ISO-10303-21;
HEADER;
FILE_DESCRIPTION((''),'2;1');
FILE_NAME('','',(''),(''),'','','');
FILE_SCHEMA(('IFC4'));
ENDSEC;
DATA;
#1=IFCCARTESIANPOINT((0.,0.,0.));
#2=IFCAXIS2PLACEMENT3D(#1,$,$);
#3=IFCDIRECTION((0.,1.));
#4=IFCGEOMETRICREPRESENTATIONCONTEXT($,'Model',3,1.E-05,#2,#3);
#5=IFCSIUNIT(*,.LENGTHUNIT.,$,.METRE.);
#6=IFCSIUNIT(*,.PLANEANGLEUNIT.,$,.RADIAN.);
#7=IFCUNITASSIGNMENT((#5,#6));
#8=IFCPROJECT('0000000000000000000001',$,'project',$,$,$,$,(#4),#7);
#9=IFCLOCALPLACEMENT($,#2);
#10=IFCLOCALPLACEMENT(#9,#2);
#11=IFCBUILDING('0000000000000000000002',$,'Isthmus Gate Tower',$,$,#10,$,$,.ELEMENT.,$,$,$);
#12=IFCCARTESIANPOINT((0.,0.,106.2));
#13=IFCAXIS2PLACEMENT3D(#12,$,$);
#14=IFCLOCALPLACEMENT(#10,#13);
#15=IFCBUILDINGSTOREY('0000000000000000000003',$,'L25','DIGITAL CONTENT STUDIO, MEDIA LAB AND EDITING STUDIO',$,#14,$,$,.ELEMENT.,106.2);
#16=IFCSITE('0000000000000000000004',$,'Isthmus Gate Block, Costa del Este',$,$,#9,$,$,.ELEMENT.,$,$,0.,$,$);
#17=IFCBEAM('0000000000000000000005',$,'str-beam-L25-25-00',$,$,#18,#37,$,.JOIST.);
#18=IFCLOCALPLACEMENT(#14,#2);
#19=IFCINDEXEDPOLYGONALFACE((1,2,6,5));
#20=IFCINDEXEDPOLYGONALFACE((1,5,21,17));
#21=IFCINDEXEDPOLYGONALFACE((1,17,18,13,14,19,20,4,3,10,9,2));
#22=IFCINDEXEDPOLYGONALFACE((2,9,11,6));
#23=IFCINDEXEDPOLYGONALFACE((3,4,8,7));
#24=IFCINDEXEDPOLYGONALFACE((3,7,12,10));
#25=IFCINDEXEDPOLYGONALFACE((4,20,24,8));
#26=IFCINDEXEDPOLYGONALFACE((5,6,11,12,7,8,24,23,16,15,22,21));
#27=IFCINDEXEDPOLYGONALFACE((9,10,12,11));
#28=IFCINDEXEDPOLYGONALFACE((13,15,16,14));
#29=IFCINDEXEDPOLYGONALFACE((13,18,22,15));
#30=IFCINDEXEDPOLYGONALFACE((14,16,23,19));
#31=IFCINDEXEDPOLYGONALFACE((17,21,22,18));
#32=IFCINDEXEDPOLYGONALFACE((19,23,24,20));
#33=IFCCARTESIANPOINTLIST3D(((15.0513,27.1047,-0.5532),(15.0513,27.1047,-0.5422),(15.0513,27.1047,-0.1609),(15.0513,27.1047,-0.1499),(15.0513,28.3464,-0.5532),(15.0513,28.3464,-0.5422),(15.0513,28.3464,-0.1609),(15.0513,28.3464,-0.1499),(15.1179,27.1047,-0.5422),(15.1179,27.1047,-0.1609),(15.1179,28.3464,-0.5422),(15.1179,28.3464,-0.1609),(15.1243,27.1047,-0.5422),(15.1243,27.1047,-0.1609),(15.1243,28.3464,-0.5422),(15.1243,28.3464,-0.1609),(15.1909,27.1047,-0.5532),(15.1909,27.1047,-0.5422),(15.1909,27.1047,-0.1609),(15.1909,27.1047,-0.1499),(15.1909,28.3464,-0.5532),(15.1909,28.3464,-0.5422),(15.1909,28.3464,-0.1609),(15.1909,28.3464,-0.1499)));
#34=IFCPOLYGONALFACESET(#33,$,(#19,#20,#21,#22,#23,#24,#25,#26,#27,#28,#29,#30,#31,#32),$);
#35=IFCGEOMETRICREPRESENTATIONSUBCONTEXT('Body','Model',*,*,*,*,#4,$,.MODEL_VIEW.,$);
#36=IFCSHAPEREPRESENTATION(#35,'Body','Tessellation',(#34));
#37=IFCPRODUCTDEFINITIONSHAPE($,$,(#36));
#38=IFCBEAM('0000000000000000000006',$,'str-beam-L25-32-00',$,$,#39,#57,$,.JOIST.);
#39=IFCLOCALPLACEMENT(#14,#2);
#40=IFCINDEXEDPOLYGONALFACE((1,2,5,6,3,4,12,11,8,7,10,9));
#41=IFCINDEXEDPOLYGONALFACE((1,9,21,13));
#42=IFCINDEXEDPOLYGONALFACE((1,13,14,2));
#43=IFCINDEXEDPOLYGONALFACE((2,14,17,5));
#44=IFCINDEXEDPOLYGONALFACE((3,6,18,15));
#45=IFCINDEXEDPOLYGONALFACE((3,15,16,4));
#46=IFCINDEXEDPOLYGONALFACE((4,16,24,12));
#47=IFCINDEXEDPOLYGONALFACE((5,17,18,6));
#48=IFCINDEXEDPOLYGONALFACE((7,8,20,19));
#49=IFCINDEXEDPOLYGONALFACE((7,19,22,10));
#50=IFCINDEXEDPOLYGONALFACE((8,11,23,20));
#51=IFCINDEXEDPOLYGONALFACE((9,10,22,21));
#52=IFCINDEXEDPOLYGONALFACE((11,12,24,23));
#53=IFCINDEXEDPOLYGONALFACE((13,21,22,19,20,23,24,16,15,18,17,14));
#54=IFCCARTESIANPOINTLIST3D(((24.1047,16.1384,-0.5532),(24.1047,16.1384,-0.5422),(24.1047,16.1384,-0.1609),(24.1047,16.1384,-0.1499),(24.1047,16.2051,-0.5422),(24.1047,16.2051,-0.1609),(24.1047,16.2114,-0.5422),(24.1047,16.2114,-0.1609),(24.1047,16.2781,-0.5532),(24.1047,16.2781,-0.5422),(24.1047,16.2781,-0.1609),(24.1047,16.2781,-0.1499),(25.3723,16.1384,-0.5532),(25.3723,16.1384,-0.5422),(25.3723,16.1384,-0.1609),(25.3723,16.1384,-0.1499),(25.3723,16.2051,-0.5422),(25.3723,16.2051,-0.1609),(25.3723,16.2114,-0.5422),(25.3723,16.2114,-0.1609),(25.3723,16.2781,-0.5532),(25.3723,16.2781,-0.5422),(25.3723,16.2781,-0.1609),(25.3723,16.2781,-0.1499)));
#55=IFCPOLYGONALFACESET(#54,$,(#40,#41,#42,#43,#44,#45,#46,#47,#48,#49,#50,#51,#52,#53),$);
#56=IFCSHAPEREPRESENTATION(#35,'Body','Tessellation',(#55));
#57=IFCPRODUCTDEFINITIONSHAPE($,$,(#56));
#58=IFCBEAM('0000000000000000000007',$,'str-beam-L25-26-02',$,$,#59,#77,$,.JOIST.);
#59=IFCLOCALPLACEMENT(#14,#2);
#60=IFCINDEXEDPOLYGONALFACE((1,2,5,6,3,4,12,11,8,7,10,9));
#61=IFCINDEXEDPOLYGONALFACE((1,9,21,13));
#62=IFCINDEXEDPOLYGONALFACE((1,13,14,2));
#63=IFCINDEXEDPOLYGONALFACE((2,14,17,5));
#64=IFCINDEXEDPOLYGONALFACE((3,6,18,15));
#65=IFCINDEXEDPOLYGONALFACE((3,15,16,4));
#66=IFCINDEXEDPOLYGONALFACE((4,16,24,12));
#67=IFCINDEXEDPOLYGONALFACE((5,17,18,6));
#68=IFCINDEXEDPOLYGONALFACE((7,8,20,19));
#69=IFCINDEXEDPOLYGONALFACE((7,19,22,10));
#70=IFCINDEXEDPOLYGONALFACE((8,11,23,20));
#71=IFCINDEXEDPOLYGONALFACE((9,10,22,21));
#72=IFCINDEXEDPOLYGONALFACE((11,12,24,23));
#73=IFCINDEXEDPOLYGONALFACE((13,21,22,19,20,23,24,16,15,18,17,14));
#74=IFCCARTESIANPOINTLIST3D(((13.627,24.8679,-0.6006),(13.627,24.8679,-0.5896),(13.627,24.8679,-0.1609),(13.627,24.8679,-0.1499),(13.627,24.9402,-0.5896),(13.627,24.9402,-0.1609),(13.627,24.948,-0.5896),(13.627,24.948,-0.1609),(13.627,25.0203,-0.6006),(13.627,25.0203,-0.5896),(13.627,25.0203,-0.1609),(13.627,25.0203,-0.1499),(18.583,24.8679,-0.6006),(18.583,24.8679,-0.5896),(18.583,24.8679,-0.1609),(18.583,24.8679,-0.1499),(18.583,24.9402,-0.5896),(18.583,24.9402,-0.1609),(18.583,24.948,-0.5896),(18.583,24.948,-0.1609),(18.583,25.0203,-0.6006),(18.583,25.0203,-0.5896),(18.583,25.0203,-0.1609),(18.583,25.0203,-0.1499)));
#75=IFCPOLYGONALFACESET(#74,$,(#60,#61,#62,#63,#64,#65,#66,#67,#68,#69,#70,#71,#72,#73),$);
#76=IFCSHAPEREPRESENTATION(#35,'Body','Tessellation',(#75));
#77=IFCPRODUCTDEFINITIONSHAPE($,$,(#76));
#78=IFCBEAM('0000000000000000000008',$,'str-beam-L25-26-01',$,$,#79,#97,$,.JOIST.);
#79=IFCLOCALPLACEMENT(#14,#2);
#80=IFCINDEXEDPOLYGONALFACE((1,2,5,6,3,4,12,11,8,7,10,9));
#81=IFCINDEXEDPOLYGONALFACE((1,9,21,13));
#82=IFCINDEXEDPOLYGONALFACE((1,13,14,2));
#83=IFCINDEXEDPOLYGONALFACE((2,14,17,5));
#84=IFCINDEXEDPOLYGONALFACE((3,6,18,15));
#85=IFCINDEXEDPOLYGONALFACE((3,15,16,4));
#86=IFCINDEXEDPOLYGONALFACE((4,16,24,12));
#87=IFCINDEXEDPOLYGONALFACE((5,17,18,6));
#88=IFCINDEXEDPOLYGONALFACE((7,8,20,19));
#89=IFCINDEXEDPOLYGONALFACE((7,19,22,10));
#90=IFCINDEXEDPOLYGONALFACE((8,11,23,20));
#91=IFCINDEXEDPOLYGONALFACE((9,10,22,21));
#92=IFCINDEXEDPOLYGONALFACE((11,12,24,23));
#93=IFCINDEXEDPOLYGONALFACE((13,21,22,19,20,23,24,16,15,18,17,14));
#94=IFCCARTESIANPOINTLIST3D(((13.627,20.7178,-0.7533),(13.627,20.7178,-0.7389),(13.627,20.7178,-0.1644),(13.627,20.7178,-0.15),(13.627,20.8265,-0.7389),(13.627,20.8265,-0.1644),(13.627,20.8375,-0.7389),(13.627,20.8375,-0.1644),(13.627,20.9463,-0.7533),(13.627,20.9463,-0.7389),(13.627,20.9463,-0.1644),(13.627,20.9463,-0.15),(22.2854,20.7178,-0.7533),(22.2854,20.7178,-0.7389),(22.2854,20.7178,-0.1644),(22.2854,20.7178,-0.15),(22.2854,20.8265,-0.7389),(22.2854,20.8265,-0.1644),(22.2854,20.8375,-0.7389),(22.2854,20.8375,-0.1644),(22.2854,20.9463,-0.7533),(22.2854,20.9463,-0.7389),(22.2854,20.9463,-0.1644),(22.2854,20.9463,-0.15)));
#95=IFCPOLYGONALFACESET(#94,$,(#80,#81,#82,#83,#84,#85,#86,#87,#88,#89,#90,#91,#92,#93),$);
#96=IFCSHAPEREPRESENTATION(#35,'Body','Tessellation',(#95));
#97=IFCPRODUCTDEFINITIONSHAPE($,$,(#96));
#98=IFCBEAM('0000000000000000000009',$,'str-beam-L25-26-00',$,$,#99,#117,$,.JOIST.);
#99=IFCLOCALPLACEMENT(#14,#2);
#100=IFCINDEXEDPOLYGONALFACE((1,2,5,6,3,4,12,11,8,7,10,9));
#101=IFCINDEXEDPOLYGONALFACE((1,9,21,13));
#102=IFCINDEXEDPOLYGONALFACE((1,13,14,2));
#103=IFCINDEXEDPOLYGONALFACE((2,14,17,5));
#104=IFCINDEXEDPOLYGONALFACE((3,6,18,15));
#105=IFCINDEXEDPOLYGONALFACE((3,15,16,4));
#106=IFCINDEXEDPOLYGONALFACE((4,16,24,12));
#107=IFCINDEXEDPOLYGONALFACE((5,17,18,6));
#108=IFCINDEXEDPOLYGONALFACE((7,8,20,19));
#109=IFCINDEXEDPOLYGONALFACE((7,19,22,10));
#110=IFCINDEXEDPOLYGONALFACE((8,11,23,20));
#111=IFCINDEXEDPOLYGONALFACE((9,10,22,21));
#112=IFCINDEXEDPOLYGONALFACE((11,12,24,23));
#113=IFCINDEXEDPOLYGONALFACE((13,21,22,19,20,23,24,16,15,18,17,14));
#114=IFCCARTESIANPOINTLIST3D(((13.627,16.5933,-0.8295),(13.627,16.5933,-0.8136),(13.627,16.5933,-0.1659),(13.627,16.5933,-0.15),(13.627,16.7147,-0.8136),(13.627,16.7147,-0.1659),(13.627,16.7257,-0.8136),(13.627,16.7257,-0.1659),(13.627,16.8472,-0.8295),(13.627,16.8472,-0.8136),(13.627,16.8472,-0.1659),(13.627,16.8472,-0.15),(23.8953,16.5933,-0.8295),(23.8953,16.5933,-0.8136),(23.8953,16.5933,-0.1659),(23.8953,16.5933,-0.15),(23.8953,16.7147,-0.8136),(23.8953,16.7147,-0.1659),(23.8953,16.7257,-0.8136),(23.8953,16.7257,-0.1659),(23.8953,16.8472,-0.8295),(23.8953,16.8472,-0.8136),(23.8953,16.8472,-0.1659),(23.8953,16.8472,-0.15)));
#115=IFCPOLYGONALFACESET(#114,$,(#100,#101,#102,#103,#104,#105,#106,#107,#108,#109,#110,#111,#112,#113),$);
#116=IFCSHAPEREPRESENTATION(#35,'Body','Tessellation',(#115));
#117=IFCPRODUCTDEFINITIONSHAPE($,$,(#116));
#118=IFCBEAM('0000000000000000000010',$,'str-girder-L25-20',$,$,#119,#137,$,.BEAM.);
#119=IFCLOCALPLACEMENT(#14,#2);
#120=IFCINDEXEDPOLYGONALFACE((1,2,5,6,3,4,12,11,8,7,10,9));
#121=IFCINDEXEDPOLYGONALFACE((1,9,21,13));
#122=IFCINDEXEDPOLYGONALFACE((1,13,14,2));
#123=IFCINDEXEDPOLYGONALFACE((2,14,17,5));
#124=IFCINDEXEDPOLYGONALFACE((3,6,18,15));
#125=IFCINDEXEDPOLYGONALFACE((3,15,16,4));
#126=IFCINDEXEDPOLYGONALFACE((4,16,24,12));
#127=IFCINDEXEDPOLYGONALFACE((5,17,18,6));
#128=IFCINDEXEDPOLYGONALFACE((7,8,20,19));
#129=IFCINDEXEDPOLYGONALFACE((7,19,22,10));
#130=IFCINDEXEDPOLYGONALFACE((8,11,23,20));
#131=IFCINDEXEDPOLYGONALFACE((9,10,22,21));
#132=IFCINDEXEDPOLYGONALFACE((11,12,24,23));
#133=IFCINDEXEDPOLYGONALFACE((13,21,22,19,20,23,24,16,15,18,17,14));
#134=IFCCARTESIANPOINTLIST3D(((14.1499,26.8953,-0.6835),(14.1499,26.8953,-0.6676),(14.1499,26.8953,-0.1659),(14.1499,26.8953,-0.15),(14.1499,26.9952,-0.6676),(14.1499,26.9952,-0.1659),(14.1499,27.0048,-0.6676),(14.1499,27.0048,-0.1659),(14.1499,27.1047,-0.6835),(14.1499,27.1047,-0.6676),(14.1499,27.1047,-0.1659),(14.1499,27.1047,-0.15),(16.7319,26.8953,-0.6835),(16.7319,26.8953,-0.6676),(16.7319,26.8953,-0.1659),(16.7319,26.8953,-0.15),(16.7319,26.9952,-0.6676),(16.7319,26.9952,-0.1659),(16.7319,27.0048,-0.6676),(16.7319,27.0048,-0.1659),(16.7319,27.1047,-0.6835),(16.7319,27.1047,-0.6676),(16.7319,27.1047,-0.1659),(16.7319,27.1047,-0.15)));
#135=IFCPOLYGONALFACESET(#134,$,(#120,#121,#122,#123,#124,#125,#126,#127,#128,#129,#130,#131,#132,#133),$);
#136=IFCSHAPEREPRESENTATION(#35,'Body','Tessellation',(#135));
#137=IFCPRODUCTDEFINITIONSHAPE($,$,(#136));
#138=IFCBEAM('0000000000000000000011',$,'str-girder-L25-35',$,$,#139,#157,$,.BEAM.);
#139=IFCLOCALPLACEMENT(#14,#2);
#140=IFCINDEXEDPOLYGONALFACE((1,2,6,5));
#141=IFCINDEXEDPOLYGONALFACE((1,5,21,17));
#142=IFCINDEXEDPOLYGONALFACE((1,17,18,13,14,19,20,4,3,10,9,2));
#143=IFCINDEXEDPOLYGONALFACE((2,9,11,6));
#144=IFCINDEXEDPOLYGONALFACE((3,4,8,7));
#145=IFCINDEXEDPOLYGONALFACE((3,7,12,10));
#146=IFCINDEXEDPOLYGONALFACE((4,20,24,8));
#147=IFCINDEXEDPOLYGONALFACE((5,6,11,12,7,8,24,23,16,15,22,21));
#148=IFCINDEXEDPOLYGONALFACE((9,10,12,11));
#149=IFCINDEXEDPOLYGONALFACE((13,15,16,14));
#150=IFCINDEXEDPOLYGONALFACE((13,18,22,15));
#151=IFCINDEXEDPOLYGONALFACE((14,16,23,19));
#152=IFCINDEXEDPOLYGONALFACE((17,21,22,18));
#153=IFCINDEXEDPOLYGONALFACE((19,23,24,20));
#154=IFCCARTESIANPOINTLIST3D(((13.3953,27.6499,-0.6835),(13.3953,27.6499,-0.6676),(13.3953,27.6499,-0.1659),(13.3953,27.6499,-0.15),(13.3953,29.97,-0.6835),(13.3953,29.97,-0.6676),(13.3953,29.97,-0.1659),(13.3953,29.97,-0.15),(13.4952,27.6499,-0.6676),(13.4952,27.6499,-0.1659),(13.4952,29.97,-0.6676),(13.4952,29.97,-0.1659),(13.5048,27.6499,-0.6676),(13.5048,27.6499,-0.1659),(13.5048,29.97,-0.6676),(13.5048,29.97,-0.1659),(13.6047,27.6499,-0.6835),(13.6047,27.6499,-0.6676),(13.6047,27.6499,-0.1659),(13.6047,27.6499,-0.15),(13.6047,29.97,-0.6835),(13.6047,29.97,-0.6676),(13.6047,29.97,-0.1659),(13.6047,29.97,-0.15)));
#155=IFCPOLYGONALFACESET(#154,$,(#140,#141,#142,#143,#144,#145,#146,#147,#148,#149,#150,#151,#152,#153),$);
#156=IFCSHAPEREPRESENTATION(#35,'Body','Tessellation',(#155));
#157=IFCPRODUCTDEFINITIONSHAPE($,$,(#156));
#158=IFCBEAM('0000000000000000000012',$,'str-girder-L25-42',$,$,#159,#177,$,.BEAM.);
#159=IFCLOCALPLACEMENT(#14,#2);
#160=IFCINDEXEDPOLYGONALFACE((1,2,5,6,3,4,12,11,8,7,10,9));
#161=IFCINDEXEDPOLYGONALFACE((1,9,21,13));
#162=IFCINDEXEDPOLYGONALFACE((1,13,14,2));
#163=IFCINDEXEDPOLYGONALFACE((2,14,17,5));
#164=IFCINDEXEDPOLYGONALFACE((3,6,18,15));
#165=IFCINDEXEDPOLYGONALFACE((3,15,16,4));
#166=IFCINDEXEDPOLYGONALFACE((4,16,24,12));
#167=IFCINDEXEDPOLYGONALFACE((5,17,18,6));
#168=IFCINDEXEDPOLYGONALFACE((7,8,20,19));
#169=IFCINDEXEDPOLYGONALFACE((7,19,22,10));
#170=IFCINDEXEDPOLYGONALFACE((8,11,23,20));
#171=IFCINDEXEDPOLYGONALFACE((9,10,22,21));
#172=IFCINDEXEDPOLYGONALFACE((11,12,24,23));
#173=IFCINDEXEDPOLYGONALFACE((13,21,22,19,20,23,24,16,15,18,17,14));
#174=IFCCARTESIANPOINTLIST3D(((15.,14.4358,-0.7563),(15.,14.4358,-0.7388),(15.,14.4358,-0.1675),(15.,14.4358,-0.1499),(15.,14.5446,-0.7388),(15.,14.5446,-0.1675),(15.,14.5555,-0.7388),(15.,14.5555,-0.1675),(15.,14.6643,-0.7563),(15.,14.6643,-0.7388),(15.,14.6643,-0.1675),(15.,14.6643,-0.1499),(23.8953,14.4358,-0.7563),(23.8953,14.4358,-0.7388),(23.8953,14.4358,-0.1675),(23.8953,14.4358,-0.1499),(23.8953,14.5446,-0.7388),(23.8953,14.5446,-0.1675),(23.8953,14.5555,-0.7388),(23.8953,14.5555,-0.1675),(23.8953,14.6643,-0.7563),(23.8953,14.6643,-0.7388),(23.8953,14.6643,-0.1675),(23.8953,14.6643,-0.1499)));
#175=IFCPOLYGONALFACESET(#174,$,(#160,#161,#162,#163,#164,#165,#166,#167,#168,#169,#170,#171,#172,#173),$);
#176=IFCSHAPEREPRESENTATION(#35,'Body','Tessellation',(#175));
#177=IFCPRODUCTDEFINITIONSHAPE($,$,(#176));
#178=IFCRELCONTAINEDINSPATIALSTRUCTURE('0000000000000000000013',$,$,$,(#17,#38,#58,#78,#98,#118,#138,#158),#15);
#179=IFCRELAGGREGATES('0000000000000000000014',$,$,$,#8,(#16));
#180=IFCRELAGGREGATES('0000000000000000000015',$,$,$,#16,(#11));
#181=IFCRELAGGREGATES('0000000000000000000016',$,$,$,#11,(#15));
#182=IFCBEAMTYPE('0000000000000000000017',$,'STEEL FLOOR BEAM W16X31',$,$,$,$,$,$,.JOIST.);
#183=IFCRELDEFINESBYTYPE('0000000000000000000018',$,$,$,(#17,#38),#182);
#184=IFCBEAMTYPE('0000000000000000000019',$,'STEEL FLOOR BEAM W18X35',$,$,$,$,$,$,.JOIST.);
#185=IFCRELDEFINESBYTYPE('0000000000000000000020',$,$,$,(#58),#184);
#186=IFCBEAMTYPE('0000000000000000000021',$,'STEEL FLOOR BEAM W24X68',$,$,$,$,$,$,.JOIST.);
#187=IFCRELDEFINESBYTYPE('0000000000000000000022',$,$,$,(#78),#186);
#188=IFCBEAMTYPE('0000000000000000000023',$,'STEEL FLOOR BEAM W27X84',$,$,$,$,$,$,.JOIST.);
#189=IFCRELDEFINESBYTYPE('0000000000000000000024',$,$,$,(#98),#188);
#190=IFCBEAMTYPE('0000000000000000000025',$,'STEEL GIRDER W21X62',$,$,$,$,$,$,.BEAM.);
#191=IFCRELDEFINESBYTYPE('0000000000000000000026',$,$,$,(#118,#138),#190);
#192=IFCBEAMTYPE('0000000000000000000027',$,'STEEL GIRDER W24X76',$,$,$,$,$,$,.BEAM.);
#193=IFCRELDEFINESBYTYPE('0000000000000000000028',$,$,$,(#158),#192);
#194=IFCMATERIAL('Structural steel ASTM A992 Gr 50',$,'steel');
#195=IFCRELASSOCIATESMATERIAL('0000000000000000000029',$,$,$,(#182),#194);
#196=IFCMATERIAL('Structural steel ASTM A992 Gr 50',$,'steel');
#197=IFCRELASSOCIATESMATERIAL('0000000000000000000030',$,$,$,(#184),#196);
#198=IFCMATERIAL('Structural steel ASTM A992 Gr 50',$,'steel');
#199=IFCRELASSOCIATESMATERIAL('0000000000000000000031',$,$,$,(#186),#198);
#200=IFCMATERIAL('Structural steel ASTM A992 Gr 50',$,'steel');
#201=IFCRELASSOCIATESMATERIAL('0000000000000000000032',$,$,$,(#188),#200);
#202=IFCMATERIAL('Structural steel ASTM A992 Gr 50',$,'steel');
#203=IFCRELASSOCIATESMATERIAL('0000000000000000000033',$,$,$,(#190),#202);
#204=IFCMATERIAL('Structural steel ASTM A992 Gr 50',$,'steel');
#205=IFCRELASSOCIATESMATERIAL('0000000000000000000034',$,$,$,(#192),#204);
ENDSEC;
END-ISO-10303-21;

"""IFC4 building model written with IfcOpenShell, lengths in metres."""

from ifc_helpers import new_model, si_unit, direction, frame, origin, origin_2d, place, context, subcontext, project, spatial, i_section, extrude, material, material_profile, profile_set, type_object, element, save


model = new_model("IFC4")

# Units and contexts
model_context = context("Model", 3, precision=1e-05, world=origin(), true_north=direction((0.0, 1.0)))
body_context = subcontext(model_context, "Body", "Model", "MODEL_VIEW")
ifc_project = project(units=[si_unit("LENGTHUNIT", "METRE"), si_unit("PLANEANGLEUNIT", "RADIAN")], contexts=[model_context])

# Site, building, storey
site_placement = place(None, origin())
site = spatial("IfcSite", under=ifc_project, at=site_placement, Name="Isthmus Gate Block, Costa del Este", CompositionType="ELEMENT", RefElevation=0.0)
building_placement = place(site_placement, origin())
building = spatial("IfcBuilding", under=site, at=building_placement, Name="Isthmus Gate Tower", CompositionType="ELEMENT")
storey_placement = place(building_placement, frame((0.0, 0.0, 106.2)))
storey = spatial("IfcBuildingStorey", under=building, at=storey_placement, Name="L25", Description="DIGITAL CONTENT STUDIO, MEDIA LAB AND EDITING STUDIO", CompositionType="ELEMENT", Elevation=106.2)

# Beams
ifc_material_1 = material(Name="Structural steel ASTM A992 Gr 50", Category="steel")
ifc_material_profile_1 = material_profile(ifc_material_1, i_section(OverallWidth=0.1396, OverallDepth=0.4033, WebThickness=0.0063, FlangeThickness=0.011, at=origin_2d()), Name="W16X31")
ifc_profile_set_1 = profile_set([ifc_material_profile_1], Name="Structural steel ASTM A992 Gr 50")
beam_type_1 = type_object("IfcBeamType", Name="STEEL FLOOR BEAM W16X31", PredefinedType="JOIST", material=ifc_profile_set_1)
beam_1_placement = place(storey_placement, frame((15.1211, 27.1047, -0.3516), z_axis=(0.0, 1.0, 0.0), x_axis=(-1.0, 0.0, 0.0)))
element("IfcBeam", 1, at=beam_1_placement, inside=storey, type_object=beam_type_1, Name="str-beam-L25-25-00", PredefinedType="JOIST", context=body_context, shape_type="SweptSolid", body=[
    extrude(i_section(OverallWidth=0.1396, OverallDepth=0.4033, WebThickness=0.0063, FlangeThickness=0.011, at=origin_2d()), origin(), (0.0, 0.0, 1.0), 1.2417),
])
beam_2_placement = place(storey_placement, frame((24.1047, 16.2083, -0.3516), z_axis=(1.0, 0.0, 0.0), x_axis=(0.0, 1.0, 0.0)))
element("IfcBeam", 2, at=beam_2_placement, inside=storey, type_object=beam_type_1, Name="str-beam-L25-32-00", PredefinedType="JOIST", context=body_context, shape_type="SweptSolid", body=[
    extrude(i_section(OverallWidth=0.1396, OverallDepth=0.4033, WebThickness=0.0063, FlangeThickness=0.011, at=origin_2d()), origin(), (0.0, 0.0, 1.0), 1.2676),
])
ifc_material_2 = material(Name="Structural steel ASTM A992 Gr 50", Category="steel")
ifc_material_profile_2 = material_profile(ifc_material_2, i_section(OverallWidth=0.1523, OverallDepth=0.4507, WebThickness=0.0078, FlangeThickness=0.011, at=origin_2d()), Name="W18X35")
ifc_profile_set_2 = profile_set([ifc_material_profile_2], Name="Structural steel ASTM A992 Gr 50")
beam_type_2 = type_object("IfcBeamType", Name="STEEL FLOOR BEAM W18X35", PredefinedType="JOIST", material=ifc_profile_set_2)
beam_3_placement = place(storey_placement, frame((13.627, 24.9441, -0.3752), z_axis=(1.0, 0.0, 0.0), x_axis=(0.0, 1.0, 0.0)))
element("IfcBeam", 3, at=beam_3_placement, inside=storey, type_object=beam_type_2, Name="str-beam-L25-26-02", PredefinedType="JOIST", context=body_context, shape_type="SweptSolid", body=[
    extrude(i_section(OverallWidth=0.1523, OverallDepth=0.4507, WebThickness=0.0078, FlangeThickness=0.011, at=origin_2d()), origin(), (0.0, 0.0, 1.0), 4.9561),
])
ifc_material_3 = material(Name="Structural steel ASTM A992 Gr 50", Category="steel")
ifc_material_profile_3 = material_profile(ifc_material_3, i_section(OverallWidth=0.2285, OverallDepth=0.6033, WebThickness=0.011, FlangeThickness=0.0144, at=origin_2d()), Name="W24X68")
ifc_profile_set_3 = profile_set([ifc_material_profile_3], Name="Structural steel ASTM A992 Gr 50")
beam_type_3 = type_object("IfcBeamType", Name="STEEL FLOOR BEAM W24X68", PredefinedType="JOIST", material=ifc_profile_set_3)
beam_4_placement = place(storey_placement, frame((13.627, 20.832, -0.4517), z_axis=(1.0, 0.0, 0.0), x_axis=(0.0, 1.0, 0.0)))
element("IfcBeam", 4, at=beam_4_placement, inside=storey, type_object=beam_type_3, Name="str-beam-L25-26-01", PredefinedType="JOIST", context=body_context, shape_type="SweptSolid", body=[
    extrude(i_section(OverallWidth=0.2285, OverallDepth=0.6033, WebThickness=0.011, FlangeThickness=0.0144, at=origin_2d()), origin(), (0.0, 0.0, 1.0), 8.6584),
])
ifc_material_4 = material(Name="Structural steel ASTM A992 Gr 50", Category="steel")
ifc_material_profile_4 = material_profile(ifc_material_4, i_section(OverallWidth=0.2539, OverallDepth=0.6794, WebThickness=0.011, FlangeThickness=0.0159, at=origin_2d()), Name="W27X84")
ifc_profile_set_4 = profile_set([ifc_material_profile_4], Name="Structural steel ASTM A992 Gr 50")
beam_type_4 = type_object("IfcBeamType", Name="STEEL FLOOR BEAM W27X84", PredefinedType="JOIST", material=ifc_profile_set_4)
beam_5_placement = place(storey_placement, frame((13.627, 16.7202, -0.4897), z_axis=(1.0, 0.0, 0.0), x_axis=(0.0, 1.0, 0.0)))
element("IfcBeam", 5, at=beam_5_placement, inside=storey, type_object=beam_type_4, Name="str-beam-L25-26-00", PredefinedType="JOIST", context=body_context, shape_type="SweptSolid", body=[
    extrude(i_section(OverallWidth=0.2539, OverallDepth=0.6794, WebThickness=0.011, FlangeThickness=0.0159, at=origin_2d()), origin(), (0.0, 0.0, 1.0), 10.2683),
])
ifc_material_5 = material(Name="Structural steel ASTM A992 Gr 50", Category="steel")
ifc_material_profile_5 = material_profile(ifc_material_5, i_section(OverallWidth=0.2095, OverallDepth=0.5334, WebThickness=0.0095, FlangeThickness=0.0159, at=origin_2d()), Name="W21X62")
ifc_profile_set_5 = profile_set([ifc_material_profile_5], Name="Structural steel ASTM A992 Gr 50")
beam_type_5 = type_object("IfcBeamType", Name="STEEL GIRDER W21X62", PredefinedType="BEAM", material=ifc_profile_set_5)
beam_6_placement = place(storey_placement, frame((14.1499, 27.0, -0.4167), z_axis=(1.0, 0.0, 0.0), x_axis=(0.0, 1.0, 0.0)))
element("IfcBeam", 6, at=beam_6_placement, inside=storey, type_object=beam_type_5, Name="str-girder-L25-20", PredefinedType="BEAM", context=body_context, shape_type="SweptSolid", body=[
    extrude(i_section(OverallWidth=0.2095, OverallDepth=0.5334, WebThickness=0.0095, FlangeThickness=0.0159, at=origin_2d()), origin(), (0.0, 0.0, 1.0), 2.582),
])
beam_7_placement = place(storey_placement, frame((13.5, 27.6499, -0.4167), z_axis=(0.0, 1.0, 0.0), x_axis=(-1.0, 0.0, 0.0)))
element("IfcBeam", 7, at=beam_7_placement, inside=storey, type_object=beam_type_5, Name="str-girder-L25-35", PredefinedType="BEAM", context=body_context, shape_type="SweptSolid", body=[
    extrude(i_section(OverallWidth=0.2095, OverallDepth=0.5334, WebThickness=0.0095, FlangeThickness=0.0159, at=origin_2d()), origin(), (0.0, 0.0, 1.0), 2.3201),
])
ifc_material_6 = material(Name="Structural steel ASTM A992 Gr 50", Category="steel")
ifc_material_profile_6 = material_profile(ifc_material_6, i_section(OverallWidth=0.2285, OverallDepth=0.6064, WebThickness=0.011, FlangeThickness=0.0176, at=origin_2d()), Name="W24X76")
ifc_profile_set_6 = profile_set([ifc_material_profile_6], Name="Structural steel ASTM A992 Gr 50")
beam_type_6 = type_object("IfcBeamType", Name="STEEL GIRDER W24X76", PredefinedType="BEAM", material=ifc_profile_set_6)
beam_8_placement = place(storey_placement, frame((15.0, 14.55, -0.4531), z_axis=(1.0, 0.0, 0.0), x_axis=(0.0, 1.0, 0.0)))
element("IfcBeam", 8, at=beam_8_placement, inside=storey, type_object=beam_type_6, Name="str-girder-L25-42", PredefinedType="BEAM", context=body_context, shape_type="SweptSolid", body=[
    extrude(i_section(OverallWidth=0.2285, OverallDepth=0.6064, WebThickness=0.011, FlangeThickness=0.0176, at=origin_2d()), origin(), (0.0, 0.0, 1.0), 8.8953),
])

save(model, "model.ifc")
